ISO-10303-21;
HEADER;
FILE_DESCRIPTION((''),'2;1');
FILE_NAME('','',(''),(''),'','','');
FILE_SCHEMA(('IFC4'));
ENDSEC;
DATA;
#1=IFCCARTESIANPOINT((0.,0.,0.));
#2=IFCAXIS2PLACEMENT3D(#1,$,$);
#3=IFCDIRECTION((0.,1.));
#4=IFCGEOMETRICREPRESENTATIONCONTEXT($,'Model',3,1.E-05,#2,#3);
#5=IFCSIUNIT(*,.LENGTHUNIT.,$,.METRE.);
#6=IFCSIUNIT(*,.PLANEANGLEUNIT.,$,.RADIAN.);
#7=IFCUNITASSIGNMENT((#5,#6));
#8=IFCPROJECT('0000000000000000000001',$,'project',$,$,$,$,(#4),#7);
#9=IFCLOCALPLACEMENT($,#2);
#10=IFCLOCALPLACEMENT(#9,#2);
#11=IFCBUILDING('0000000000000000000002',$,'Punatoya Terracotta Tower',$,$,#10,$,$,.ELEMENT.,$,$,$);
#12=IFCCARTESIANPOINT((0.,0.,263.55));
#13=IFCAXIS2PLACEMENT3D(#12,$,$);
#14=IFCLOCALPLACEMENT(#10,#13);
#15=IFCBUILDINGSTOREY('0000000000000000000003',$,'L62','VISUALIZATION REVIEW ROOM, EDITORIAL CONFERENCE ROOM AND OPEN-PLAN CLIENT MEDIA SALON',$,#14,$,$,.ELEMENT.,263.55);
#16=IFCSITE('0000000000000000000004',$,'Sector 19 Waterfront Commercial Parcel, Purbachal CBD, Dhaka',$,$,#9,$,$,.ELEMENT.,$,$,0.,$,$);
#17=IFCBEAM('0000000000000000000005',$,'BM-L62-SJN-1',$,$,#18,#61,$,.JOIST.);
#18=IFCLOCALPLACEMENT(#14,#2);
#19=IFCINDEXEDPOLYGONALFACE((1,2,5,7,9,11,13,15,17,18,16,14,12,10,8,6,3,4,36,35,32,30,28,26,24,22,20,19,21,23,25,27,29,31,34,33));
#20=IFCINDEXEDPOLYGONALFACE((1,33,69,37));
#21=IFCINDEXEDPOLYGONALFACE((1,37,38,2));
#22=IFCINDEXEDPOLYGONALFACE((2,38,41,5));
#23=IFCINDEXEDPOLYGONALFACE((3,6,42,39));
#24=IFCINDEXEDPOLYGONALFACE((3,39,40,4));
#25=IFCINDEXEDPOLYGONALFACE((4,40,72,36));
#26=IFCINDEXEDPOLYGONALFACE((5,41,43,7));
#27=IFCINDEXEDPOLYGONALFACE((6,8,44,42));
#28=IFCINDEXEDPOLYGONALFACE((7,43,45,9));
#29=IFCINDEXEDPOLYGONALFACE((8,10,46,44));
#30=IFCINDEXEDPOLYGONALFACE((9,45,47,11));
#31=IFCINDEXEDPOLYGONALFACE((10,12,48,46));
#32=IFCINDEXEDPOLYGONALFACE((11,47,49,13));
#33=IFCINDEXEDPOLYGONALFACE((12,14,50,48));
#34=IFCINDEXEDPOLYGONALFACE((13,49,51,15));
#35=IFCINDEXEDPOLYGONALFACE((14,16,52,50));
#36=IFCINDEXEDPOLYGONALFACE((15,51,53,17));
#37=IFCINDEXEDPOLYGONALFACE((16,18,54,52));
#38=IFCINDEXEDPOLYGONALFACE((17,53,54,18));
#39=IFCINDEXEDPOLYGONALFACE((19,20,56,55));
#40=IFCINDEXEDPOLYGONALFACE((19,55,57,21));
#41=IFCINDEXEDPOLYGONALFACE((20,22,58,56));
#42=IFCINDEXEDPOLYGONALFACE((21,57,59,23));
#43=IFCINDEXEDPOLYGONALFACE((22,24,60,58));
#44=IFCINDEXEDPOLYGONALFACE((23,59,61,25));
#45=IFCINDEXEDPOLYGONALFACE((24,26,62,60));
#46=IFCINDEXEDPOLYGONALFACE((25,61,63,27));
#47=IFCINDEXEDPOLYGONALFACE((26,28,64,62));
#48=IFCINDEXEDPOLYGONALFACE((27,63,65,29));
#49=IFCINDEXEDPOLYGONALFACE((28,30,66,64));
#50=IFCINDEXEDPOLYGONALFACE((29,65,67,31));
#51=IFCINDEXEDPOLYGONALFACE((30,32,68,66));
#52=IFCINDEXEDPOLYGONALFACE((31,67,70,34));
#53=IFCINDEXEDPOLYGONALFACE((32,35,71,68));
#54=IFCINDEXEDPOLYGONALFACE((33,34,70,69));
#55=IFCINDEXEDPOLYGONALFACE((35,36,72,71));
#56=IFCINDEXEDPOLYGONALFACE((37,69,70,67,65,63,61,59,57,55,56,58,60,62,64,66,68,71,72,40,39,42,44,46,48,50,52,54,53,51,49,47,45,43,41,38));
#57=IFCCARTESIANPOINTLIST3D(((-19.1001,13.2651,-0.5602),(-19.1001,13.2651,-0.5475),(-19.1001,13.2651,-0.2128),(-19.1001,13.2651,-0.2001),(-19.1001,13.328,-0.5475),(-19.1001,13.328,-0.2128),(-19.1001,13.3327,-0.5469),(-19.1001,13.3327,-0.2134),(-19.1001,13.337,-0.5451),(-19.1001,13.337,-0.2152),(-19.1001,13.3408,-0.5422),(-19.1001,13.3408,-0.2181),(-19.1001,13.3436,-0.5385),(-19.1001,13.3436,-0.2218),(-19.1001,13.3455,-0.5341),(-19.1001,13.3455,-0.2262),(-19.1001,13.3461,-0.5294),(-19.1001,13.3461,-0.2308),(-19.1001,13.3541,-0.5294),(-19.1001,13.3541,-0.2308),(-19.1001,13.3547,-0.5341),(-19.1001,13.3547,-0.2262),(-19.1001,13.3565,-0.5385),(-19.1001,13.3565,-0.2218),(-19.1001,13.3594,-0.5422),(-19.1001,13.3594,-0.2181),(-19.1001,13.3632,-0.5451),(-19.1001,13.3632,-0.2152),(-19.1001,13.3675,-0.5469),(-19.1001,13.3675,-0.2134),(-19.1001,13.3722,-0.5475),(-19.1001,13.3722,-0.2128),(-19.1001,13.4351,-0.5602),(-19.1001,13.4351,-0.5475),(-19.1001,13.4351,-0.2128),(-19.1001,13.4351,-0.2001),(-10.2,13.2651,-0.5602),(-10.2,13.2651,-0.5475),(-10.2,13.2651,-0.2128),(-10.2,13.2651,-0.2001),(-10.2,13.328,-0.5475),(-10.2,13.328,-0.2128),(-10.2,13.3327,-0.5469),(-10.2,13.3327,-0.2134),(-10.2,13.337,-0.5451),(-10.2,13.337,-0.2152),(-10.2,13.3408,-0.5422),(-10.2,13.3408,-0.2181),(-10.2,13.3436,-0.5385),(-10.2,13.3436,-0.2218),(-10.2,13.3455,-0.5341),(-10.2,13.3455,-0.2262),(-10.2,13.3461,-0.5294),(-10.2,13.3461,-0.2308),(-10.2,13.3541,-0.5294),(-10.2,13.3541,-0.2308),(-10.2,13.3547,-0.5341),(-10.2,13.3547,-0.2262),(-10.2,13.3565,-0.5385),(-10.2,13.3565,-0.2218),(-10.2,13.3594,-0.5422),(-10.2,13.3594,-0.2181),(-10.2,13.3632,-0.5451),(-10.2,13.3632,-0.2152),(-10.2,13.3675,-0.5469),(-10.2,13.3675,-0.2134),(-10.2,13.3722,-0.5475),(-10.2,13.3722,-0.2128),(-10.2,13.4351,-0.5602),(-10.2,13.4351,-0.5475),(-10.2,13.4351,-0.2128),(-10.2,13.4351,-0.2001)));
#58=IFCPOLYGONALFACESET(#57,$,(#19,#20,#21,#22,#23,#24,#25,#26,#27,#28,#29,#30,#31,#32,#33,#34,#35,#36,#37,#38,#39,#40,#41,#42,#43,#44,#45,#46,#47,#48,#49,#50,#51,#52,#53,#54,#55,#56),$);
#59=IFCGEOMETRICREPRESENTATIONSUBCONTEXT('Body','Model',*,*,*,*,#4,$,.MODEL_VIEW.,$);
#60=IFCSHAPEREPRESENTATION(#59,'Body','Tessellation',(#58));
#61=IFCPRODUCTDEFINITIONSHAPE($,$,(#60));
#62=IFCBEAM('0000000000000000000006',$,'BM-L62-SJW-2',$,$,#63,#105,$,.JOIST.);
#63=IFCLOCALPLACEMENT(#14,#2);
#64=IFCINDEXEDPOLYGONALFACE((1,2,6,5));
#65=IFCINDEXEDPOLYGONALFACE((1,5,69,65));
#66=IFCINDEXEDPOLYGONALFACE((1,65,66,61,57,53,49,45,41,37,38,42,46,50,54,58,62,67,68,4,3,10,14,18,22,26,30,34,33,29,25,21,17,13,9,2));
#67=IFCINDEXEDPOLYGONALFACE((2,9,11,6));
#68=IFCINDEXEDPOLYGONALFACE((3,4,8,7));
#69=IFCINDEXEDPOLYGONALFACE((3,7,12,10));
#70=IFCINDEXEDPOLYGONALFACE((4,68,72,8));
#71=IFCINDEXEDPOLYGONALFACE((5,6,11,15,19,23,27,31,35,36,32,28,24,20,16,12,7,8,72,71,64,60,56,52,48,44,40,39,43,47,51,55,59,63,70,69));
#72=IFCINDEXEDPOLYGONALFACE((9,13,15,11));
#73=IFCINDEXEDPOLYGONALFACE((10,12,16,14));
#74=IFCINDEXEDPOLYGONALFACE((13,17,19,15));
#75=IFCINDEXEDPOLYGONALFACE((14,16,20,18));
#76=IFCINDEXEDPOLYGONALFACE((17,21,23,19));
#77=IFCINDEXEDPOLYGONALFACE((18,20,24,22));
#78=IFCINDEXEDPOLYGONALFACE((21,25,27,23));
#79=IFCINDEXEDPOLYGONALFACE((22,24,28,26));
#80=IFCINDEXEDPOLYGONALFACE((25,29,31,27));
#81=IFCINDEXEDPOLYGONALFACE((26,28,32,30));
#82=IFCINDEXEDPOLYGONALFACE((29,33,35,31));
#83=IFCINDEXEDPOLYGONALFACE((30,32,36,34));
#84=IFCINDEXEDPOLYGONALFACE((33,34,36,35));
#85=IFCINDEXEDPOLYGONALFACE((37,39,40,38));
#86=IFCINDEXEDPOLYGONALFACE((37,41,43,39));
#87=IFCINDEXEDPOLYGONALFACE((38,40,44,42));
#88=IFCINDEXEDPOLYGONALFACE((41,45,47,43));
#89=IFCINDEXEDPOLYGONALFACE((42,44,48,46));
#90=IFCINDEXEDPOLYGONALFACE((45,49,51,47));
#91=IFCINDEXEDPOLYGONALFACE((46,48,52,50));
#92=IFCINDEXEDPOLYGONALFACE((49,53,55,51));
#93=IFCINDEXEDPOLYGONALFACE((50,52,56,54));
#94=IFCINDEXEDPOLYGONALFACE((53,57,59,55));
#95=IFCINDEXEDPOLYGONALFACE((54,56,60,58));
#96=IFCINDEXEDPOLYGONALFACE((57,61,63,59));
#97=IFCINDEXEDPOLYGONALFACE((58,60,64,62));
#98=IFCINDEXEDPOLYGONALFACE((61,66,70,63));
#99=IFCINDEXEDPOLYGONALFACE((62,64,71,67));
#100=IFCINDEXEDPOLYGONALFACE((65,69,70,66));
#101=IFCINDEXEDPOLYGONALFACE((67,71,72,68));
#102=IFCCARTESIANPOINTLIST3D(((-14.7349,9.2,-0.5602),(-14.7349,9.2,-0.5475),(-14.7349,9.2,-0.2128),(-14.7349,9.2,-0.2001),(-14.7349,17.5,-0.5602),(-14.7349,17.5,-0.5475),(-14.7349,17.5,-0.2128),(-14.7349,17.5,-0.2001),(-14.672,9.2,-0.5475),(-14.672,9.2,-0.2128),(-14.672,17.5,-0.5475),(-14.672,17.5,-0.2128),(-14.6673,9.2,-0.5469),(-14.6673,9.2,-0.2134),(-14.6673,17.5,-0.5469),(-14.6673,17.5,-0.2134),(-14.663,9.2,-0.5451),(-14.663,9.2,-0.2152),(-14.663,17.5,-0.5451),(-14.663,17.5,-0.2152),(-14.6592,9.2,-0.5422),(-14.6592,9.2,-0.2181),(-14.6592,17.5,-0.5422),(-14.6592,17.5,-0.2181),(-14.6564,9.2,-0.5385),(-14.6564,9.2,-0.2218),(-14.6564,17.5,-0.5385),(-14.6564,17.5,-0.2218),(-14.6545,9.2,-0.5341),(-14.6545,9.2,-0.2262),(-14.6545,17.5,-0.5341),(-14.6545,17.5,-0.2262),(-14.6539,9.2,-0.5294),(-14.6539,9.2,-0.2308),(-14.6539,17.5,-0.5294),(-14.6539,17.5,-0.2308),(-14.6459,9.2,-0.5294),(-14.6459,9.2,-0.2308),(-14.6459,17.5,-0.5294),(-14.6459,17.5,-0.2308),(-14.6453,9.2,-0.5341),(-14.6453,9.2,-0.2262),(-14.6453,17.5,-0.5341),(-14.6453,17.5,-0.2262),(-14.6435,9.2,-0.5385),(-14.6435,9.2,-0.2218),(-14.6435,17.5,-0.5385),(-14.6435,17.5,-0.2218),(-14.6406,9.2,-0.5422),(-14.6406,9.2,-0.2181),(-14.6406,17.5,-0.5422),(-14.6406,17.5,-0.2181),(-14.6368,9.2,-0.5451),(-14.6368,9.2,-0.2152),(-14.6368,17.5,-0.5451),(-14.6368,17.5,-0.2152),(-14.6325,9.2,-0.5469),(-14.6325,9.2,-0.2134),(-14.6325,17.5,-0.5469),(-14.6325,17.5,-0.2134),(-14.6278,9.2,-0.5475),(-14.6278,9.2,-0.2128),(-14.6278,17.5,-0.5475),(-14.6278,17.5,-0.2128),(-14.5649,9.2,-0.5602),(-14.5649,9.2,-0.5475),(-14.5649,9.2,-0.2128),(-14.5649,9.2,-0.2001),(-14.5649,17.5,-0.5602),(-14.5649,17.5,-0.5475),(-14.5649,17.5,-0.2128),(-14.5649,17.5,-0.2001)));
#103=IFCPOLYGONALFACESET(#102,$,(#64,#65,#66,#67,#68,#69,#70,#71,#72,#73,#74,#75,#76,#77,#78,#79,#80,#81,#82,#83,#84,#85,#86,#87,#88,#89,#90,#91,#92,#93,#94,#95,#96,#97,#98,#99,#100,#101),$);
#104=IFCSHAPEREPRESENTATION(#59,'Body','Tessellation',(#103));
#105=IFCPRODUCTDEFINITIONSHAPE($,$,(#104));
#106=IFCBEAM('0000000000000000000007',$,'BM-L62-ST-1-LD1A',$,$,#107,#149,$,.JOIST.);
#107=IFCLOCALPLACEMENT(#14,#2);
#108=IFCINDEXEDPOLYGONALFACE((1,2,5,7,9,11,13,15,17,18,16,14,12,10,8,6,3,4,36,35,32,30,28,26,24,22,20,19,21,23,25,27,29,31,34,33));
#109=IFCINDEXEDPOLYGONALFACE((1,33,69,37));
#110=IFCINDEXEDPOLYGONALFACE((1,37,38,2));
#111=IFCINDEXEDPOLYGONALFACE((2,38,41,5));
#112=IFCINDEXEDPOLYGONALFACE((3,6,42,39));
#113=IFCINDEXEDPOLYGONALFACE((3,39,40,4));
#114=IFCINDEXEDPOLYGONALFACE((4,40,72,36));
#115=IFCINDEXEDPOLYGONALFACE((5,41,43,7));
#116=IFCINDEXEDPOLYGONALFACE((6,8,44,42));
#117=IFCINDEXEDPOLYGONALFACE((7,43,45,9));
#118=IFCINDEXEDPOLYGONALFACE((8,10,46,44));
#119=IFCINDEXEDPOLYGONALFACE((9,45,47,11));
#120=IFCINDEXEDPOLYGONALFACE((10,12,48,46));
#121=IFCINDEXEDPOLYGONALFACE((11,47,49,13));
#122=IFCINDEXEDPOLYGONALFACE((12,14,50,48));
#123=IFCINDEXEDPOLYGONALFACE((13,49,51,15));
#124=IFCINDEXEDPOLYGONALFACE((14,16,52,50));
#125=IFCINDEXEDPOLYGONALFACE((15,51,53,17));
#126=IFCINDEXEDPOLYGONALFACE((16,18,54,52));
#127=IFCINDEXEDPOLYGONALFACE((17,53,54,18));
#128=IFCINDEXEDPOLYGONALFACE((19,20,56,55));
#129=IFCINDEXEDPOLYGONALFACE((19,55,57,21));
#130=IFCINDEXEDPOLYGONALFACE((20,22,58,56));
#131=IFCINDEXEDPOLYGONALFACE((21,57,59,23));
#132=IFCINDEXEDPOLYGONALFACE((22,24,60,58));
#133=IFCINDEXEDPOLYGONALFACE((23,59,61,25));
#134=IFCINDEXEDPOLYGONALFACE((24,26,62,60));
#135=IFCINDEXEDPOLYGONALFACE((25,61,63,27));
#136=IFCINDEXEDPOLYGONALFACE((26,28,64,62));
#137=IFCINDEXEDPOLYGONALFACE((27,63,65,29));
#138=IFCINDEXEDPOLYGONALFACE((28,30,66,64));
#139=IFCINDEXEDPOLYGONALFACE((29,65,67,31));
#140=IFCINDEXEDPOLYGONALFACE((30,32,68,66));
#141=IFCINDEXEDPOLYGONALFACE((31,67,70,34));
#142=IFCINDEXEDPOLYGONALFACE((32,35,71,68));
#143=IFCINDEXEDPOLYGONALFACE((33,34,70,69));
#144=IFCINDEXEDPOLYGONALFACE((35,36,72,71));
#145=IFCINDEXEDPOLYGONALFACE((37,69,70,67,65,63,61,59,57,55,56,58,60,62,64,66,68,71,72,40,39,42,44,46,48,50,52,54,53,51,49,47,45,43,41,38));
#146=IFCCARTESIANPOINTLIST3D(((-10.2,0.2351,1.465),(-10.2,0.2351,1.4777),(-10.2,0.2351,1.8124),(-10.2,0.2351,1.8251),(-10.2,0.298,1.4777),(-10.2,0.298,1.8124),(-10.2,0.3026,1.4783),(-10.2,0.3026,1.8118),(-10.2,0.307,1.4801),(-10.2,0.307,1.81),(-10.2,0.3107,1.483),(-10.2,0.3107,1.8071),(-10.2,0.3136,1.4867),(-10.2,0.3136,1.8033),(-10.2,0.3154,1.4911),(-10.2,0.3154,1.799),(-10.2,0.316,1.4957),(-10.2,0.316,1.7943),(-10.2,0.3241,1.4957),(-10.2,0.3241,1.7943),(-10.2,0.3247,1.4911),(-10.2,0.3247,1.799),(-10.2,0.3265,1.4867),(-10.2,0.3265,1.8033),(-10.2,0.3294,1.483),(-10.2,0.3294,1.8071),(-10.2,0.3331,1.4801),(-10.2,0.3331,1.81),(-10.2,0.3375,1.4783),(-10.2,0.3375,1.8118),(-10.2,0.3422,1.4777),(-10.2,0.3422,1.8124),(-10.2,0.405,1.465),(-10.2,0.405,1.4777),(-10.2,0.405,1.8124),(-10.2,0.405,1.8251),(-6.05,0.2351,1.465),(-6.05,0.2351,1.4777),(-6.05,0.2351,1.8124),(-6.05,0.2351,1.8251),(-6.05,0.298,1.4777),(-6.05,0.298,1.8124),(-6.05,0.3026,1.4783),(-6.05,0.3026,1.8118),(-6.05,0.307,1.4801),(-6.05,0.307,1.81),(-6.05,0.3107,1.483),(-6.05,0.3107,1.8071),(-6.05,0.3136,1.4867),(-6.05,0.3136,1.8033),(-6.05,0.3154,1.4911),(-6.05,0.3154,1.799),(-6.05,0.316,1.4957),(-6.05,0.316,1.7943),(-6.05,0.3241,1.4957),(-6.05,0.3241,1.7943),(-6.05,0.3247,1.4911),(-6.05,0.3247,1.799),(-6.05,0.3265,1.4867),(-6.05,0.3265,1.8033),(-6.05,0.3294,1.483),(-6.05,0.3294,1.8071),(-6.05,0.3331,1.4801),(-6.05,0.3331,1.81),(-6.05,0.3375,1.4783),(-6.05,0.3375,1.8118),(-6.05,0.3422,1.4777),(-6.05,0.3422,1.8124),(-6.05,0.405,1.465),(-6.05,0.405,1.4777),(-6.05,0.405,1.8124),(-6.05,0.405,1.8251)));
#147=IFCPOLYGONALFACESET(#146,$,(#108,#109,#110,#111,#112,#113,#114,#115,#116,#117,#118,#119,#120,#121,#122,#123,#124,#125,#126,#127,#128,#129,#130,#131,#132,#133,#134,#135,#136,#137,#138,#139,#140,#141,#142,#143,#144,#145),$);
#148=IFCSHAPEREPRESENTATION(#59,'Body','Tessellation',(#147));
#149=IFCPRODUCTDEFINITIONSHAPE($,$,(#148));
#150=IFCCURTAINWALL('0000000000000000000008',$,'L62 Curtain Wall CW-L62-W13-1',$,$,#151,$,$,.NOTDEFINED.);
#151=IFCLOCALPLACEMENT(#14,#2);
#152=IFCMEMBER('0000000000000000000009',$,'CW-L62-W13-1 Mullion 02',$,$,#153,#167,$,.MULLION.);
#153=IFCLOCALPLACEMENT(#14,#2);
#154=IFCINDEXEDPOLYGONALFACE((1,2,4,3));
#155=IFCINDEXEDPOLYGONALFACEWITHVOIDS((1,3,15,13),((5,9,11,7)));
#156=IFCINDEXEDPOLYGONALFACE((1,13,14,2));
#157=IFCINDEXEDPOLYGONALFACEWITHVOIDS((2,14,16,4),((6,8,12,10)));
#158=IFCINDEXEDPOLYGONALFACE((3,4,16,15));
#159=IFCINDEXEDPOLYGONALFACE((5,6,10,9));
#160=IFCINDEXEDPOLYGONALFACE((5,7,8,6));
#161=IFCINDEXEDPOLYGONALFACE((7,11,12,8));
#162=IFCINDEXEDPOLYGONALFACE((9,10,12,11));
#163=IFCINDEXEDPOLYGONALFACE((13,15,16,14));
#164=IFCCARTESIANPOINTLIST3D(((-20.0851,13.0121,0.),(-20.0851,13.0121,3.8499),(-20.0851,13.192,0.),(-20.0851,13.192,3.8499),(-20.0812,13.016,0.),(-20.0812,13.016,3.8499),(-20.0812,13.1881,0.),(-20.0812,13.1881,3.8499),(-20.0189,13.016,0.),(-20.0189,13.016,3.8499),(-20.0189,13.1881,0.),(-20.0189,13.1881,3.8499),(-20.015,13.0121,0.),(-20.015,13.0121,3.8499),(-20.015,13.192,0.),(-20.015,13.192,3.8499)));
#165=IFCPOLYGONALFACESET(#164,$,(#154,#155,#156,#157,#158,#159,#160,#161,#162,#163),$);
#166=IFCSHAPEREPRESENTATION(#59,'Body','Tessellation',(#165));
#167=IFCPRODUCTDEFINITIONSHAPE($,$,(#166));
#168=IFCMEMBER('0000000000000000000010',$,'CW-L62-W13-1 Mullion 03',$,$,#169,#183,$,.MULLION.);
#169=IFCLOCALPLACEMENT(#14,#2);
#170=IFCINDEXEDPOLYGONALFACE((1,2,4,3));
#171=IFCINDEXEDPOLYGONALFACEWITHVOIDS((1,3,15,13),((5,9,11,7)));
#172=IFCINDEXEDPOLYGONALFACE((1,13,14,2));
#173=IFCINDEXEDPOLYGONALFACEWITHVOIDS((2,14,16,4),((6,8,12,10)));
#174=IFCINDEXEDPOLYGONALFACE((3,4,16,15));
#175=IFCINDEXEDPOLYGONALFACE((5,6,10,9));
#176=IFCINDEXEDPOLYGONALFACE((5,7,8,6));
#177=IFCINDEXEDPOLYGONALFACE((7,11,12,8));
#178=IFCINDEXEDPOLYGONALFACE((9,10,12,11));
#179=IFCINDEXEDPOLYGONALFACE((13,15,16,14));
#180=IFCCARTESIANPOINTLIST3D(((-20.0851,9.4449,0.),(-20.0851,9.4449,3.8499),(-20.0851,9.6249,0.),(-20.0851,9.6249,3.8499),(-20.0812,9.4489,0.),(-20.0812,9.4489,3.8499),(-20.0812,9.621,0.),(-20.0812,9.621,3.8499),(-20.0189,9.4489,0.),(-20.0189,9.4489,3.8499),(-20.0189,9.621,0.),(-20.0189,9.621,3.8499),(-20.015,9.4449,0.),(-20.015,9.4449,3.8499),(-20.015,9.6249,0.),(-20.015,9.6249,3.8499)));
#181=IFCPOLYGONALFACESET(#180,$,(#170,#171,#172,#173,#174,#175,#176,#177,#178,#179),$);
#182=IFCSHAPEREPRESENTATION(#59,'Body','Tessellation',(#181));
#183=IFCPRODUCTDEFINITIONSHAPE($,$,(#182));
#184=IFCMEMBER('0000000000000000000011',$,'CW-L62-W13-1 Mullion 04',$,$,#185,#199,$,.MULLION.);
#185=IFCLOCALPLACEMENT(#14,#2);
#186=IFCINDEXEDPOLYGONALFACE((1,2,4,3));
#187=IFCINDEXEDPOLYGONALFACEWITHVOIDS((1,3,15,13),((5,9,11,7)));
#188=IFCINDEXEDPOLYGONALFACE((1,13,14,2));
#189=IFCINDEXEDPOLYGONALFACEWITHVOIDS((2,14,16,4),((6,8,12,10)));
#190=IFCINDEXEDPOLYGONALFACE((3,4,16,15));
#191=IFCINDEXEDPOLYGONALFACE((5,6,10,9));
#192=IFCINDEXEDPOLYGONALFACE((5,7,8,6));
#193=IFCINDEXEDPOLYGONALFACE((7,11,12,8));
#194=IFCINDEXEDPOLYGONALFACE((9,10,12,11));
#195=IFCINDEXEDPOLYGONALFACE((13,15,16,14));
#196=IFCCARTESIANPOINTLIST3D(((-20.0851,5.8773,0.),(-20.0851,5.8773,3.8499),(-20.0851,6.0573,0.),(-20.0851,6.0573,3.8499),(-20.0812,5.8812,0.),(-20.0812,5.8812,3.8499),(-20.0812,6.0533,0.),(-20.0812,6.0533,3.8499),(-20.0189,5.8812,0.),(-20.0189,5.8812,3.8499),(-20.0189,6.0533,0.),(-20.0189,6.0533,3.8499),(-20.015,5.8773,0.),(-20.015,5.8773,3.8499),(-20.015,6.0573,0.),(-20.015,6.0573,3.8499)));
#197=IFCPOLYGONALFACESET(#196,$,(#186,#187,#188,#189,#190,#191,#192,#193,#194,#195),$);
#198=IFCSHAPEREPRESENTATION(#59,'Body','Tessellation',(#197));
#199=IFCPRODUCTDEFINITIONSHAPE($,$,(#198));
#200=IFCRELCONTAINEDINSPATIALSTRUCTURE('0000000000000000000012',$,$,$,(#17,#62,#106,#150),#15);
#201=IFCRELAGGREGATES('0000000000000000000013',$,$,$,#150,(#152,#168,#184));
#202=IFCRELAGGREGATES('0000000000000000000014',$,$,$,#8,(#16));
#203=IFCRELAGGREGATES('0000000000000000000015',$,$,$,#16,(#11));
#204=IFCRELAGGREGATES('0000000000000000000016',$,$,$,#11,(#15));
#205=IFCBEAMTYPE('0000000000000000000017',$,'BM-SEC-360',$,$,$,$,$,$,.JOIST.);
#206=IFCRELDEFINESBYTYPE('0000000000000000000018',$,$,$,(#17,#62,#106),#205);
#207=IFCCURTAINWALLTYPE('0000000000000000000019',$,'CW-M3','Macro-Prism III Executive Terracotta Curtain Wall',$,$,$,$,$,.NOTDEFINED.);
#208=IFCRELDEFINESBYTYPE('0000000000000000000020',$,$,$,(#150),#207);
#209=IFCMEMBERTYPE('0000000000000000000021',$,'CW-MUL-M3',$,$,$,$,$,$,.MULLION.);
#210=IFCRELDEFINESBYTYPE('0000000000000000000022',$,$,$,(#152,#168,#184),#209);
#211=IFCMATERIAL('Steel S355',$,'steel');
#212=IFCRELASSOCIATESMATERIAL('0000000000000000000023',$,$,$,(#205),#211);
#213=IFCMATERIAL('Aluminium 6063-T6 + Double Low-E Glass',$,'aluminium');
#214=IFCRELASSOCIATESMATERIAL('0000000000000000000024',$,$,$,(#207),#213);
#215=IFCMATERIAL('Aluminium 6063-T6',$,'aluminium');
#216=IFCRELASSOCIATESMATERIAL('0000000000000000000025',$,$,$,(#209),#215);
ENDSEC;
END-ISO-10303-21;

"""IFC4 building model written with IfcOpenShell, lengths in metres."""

from ifc_helpers import new_model, si_unit, direction, frame, origin, origin_2d, place, context, subcontext, project, spatial, hollow_rectangle, i_section, extrude, material, material_profile, profile_set, type_object, element, aggregate, save


model = new_model("IFC4")

# Units and contexts
model_context = context("Model", 3, precision=1e-05, world=origin(), true_north=direction((0.0, 1.0)))
body_context = subcontext(model_context, "Body", "Model", "MODEL_VIEW")
ifc_project = project(units=[si_unit("LENGTHUNIT", "METRE"), si_unit("PLANEANGLEUNIT", "RADIAN")], contexts=[model_context])

# Site, building, storey
site_placement = place(None, origin())
site = spatial("IfcSite", under=ifc_project, at=site_placement, Name="Sector 19 Waterfront Commercial Parcel, Purbachal CBD, Dhaka", CompositionType="ELEMENT", RefElevation=0.0)
building_placement = place(site_placement, origin())
building = spatial("IfcBuilding", under=site, at=building_placement, Name="Punatoya Terracotta Tower", CompositionType="ELEMENT")
storey_placement = place(building_placement, frame((0.0, 0.0, 263.55)))
storey = spatial("IfcBuildingStorey", under=building, at=storey_placement, Name="L62", Description="VISUALIZATION REVIEW ROOM, EDITORIAL CONFERENCE ROOM AND OPEN-PLAN CLIENT MEDIA SALON", CompositionType="ELEMENT", Elevation=263.55)

# Beams
ifc_material_1 = material(Name="Steel S355", Category="steel")
ifc_material_profile_1 = material_profile(ifc_material_1, i_section(OverallWidth=0.1699, OverallDepth=0.3601, WebThickness=0.0081, FlangeThickness=0.0127, FilletRadius=0.0181, at=origin_2d()))
ifc_profile_set_1 = profile_set([ifc_material_profile_1], Name="Steel S355")
beam_type_1 = type_object("IfcBeamType", Name="BM-SEC-360", PredefinedType="JOIST", material=ifc_profile_set_1)
beam_1_placement = place(storey_placement, frame((-19.1001, 13.3501, -0.3801), z_axis=(1.0, 0.0, 0.0), x_axis=(0.0, 1.0, 0.0)))
element("IfcBeam", 1, at=beam_1_placement, inside=storey, type_object=beam_type_1, Name="BM-L62-SJN-1", PredefinedType="JOIST", context=body_context, shape_type="SweptSolid", body=[
    extrude(i_section(OverallWidth=0.1699, OverallDepth=0.3601, WebThickness=0.0081, FlangeThickness=0.0127, FilletRadius=0.0181, at=origin_2d()), origin(), (0.0, 0.0, 1.0), 8.9001),
])
beam_2_placement = place(storey_placement, frame((-14.6499, 9.2, -0.3801), z_axis=(0.0, 1.0, 0.0), x_axis=(-1.0, 0.0, 0.0)))
element("IfcBeam", 2, at=beam_2_placement, inside=storey, type_object=beam_type_1, Name="BM-L62-SJW-2", PredefinedType="JOIST", context=body_context, shape_type="SweptSolid", body=[
    extrude(i_section(OverallWidth=0.1699, OverallDepth=0.3601, WebThickness=0.0081, FlangeThickness=0.0127, FilletRadius=0.0181, at=origin_2d()), origin(), (0.0, 0.0, 1.0), 8.3),
])
beam_3_placement = place(storey_placement, frame((-10.2, 0.3201, 1.645), z_axis=(1.0, 0.0, 0.0), x_axis=(0.0, 1.0, 0.0)))
element("IfcBeam", 3, at=beam_3_placement, inside=storey, type_object=beam_type_1, Name="BM-L62-ST-1-LD1A", PredefinedType="JOIST", context=body_context, shape_type="SweptSolid", body=[
    extrude(i_section(OverallWidth=0.1699, OverallDepth=0.3601, WebThickness=0.0081, FlangeThickness=0.0127, FilletRadius=0.0181, at=origin_2d()), origin(), (0.0, 0.0, 1.0), 4.1499),
])

# Curtain wall, members
ifc_material_2 = material(Name="Aluminium 6063-T6 + Double Low-E Glass", Category="aluminium")
curtain_wall_type = type_object("IfcCurtainWallType", Name="CW-M3", Description="Macro-Prism III Executive Terracotta Curtain Wall", PredefinedType="NOTDEFINED", material=ifc_material_2)
curtain_wall_placement = place(storey_placement, origin())
curtain_wall = element("IfcCurtainWall", 4, at=curtain_wall_placement, inside=storey, type_object=curtain_wall_type, Name="L62 Curtain Wall CW-L62-W13-1", PredefinedType="NOTDEFINED")
ifc_material_3 = material(Name="Aluminium 6063-T6", Category="aluminium")
ifc_material_profile_2 = material_profile(ifc_material_3, hollow_rectangle(XDim=0.0701, YDim=0.1799, WallThickness=0.0039, at=origin_2d()))
ifc_profile_set_2 = profile_set([ifc_material_profile_2], Name="Aluminium 6063-T6")
member_type = type_object("IfcMemberType", Name="CW-MUL-M3", PredefinedType="MULLION", material=ifc_profile_set_2)
member_1_placement = place(storey_placement, frame((-20.05, 13.1021, 0.0), z_axis=(0.0, 0.0, 1.0), x_axis=(1.0, 0.0, 0.0)))
member_1 = element("IfcMember", 5, at=member_1_placement, type_object=member_type, Name="CW-L62-W13-1 Mullion 02", PredefinedType="MULLION", context=body_context, shape_type="SweptSolid", body=[
    extrude(hollow_rectangle(XDim=0.0701, YDim=0.1799, WallThickness=0.0039, at=origin_2d()), origin(), (0.0, 0.0, 1.0), 3.8499),
])
member_2_placement = place(storey_placement, frame((-20.05, 9.5349, 0.0), z_axis=(0.0, 0.0, 1.0), x_axis=(1.0, 0.0, 0.0)))
member_2 = element("IfcMember", 6, at=member_2_placement, type_object=member_type, Name="CW-L62-W13-1 Mullion 03", PredefinedType="MULLION", context=body_context, shape_type="SweptSolid", body=[
    extrude(hollow_rectangle(XDim=0.0701, YDim=0.1799, WallThickness=0.0039, at=origin_2d()), origin(), (0.0, 0.0, 1.0), 3.8499),
])
member_3_placement = place(storey_placement, frame((-20.05, 5.9673, 0.0), z_axis=(0.0, 0.0, 1.0), x_axis=(1.0, 0.0, 0.0)))
member_3 = element("IfcMember", 7, at=member_3_placement, type_object=member_type, Name="CW-L62-W13-1 Mullion 04", PredefinedType="MULLION", context=body_context, shape_type="SweptSolid", body=[
    extrude(hollow_rectangle(XDim=0.0701, YDim=0.1799, WallThickness=0.0039, at=origin_2d()), origin(), (0.0, 0.0, 1.0), 3.8499),
])
aggregate(curtain_wall, [member_1, member_2, member_3])

save(model, "model.ifc")
